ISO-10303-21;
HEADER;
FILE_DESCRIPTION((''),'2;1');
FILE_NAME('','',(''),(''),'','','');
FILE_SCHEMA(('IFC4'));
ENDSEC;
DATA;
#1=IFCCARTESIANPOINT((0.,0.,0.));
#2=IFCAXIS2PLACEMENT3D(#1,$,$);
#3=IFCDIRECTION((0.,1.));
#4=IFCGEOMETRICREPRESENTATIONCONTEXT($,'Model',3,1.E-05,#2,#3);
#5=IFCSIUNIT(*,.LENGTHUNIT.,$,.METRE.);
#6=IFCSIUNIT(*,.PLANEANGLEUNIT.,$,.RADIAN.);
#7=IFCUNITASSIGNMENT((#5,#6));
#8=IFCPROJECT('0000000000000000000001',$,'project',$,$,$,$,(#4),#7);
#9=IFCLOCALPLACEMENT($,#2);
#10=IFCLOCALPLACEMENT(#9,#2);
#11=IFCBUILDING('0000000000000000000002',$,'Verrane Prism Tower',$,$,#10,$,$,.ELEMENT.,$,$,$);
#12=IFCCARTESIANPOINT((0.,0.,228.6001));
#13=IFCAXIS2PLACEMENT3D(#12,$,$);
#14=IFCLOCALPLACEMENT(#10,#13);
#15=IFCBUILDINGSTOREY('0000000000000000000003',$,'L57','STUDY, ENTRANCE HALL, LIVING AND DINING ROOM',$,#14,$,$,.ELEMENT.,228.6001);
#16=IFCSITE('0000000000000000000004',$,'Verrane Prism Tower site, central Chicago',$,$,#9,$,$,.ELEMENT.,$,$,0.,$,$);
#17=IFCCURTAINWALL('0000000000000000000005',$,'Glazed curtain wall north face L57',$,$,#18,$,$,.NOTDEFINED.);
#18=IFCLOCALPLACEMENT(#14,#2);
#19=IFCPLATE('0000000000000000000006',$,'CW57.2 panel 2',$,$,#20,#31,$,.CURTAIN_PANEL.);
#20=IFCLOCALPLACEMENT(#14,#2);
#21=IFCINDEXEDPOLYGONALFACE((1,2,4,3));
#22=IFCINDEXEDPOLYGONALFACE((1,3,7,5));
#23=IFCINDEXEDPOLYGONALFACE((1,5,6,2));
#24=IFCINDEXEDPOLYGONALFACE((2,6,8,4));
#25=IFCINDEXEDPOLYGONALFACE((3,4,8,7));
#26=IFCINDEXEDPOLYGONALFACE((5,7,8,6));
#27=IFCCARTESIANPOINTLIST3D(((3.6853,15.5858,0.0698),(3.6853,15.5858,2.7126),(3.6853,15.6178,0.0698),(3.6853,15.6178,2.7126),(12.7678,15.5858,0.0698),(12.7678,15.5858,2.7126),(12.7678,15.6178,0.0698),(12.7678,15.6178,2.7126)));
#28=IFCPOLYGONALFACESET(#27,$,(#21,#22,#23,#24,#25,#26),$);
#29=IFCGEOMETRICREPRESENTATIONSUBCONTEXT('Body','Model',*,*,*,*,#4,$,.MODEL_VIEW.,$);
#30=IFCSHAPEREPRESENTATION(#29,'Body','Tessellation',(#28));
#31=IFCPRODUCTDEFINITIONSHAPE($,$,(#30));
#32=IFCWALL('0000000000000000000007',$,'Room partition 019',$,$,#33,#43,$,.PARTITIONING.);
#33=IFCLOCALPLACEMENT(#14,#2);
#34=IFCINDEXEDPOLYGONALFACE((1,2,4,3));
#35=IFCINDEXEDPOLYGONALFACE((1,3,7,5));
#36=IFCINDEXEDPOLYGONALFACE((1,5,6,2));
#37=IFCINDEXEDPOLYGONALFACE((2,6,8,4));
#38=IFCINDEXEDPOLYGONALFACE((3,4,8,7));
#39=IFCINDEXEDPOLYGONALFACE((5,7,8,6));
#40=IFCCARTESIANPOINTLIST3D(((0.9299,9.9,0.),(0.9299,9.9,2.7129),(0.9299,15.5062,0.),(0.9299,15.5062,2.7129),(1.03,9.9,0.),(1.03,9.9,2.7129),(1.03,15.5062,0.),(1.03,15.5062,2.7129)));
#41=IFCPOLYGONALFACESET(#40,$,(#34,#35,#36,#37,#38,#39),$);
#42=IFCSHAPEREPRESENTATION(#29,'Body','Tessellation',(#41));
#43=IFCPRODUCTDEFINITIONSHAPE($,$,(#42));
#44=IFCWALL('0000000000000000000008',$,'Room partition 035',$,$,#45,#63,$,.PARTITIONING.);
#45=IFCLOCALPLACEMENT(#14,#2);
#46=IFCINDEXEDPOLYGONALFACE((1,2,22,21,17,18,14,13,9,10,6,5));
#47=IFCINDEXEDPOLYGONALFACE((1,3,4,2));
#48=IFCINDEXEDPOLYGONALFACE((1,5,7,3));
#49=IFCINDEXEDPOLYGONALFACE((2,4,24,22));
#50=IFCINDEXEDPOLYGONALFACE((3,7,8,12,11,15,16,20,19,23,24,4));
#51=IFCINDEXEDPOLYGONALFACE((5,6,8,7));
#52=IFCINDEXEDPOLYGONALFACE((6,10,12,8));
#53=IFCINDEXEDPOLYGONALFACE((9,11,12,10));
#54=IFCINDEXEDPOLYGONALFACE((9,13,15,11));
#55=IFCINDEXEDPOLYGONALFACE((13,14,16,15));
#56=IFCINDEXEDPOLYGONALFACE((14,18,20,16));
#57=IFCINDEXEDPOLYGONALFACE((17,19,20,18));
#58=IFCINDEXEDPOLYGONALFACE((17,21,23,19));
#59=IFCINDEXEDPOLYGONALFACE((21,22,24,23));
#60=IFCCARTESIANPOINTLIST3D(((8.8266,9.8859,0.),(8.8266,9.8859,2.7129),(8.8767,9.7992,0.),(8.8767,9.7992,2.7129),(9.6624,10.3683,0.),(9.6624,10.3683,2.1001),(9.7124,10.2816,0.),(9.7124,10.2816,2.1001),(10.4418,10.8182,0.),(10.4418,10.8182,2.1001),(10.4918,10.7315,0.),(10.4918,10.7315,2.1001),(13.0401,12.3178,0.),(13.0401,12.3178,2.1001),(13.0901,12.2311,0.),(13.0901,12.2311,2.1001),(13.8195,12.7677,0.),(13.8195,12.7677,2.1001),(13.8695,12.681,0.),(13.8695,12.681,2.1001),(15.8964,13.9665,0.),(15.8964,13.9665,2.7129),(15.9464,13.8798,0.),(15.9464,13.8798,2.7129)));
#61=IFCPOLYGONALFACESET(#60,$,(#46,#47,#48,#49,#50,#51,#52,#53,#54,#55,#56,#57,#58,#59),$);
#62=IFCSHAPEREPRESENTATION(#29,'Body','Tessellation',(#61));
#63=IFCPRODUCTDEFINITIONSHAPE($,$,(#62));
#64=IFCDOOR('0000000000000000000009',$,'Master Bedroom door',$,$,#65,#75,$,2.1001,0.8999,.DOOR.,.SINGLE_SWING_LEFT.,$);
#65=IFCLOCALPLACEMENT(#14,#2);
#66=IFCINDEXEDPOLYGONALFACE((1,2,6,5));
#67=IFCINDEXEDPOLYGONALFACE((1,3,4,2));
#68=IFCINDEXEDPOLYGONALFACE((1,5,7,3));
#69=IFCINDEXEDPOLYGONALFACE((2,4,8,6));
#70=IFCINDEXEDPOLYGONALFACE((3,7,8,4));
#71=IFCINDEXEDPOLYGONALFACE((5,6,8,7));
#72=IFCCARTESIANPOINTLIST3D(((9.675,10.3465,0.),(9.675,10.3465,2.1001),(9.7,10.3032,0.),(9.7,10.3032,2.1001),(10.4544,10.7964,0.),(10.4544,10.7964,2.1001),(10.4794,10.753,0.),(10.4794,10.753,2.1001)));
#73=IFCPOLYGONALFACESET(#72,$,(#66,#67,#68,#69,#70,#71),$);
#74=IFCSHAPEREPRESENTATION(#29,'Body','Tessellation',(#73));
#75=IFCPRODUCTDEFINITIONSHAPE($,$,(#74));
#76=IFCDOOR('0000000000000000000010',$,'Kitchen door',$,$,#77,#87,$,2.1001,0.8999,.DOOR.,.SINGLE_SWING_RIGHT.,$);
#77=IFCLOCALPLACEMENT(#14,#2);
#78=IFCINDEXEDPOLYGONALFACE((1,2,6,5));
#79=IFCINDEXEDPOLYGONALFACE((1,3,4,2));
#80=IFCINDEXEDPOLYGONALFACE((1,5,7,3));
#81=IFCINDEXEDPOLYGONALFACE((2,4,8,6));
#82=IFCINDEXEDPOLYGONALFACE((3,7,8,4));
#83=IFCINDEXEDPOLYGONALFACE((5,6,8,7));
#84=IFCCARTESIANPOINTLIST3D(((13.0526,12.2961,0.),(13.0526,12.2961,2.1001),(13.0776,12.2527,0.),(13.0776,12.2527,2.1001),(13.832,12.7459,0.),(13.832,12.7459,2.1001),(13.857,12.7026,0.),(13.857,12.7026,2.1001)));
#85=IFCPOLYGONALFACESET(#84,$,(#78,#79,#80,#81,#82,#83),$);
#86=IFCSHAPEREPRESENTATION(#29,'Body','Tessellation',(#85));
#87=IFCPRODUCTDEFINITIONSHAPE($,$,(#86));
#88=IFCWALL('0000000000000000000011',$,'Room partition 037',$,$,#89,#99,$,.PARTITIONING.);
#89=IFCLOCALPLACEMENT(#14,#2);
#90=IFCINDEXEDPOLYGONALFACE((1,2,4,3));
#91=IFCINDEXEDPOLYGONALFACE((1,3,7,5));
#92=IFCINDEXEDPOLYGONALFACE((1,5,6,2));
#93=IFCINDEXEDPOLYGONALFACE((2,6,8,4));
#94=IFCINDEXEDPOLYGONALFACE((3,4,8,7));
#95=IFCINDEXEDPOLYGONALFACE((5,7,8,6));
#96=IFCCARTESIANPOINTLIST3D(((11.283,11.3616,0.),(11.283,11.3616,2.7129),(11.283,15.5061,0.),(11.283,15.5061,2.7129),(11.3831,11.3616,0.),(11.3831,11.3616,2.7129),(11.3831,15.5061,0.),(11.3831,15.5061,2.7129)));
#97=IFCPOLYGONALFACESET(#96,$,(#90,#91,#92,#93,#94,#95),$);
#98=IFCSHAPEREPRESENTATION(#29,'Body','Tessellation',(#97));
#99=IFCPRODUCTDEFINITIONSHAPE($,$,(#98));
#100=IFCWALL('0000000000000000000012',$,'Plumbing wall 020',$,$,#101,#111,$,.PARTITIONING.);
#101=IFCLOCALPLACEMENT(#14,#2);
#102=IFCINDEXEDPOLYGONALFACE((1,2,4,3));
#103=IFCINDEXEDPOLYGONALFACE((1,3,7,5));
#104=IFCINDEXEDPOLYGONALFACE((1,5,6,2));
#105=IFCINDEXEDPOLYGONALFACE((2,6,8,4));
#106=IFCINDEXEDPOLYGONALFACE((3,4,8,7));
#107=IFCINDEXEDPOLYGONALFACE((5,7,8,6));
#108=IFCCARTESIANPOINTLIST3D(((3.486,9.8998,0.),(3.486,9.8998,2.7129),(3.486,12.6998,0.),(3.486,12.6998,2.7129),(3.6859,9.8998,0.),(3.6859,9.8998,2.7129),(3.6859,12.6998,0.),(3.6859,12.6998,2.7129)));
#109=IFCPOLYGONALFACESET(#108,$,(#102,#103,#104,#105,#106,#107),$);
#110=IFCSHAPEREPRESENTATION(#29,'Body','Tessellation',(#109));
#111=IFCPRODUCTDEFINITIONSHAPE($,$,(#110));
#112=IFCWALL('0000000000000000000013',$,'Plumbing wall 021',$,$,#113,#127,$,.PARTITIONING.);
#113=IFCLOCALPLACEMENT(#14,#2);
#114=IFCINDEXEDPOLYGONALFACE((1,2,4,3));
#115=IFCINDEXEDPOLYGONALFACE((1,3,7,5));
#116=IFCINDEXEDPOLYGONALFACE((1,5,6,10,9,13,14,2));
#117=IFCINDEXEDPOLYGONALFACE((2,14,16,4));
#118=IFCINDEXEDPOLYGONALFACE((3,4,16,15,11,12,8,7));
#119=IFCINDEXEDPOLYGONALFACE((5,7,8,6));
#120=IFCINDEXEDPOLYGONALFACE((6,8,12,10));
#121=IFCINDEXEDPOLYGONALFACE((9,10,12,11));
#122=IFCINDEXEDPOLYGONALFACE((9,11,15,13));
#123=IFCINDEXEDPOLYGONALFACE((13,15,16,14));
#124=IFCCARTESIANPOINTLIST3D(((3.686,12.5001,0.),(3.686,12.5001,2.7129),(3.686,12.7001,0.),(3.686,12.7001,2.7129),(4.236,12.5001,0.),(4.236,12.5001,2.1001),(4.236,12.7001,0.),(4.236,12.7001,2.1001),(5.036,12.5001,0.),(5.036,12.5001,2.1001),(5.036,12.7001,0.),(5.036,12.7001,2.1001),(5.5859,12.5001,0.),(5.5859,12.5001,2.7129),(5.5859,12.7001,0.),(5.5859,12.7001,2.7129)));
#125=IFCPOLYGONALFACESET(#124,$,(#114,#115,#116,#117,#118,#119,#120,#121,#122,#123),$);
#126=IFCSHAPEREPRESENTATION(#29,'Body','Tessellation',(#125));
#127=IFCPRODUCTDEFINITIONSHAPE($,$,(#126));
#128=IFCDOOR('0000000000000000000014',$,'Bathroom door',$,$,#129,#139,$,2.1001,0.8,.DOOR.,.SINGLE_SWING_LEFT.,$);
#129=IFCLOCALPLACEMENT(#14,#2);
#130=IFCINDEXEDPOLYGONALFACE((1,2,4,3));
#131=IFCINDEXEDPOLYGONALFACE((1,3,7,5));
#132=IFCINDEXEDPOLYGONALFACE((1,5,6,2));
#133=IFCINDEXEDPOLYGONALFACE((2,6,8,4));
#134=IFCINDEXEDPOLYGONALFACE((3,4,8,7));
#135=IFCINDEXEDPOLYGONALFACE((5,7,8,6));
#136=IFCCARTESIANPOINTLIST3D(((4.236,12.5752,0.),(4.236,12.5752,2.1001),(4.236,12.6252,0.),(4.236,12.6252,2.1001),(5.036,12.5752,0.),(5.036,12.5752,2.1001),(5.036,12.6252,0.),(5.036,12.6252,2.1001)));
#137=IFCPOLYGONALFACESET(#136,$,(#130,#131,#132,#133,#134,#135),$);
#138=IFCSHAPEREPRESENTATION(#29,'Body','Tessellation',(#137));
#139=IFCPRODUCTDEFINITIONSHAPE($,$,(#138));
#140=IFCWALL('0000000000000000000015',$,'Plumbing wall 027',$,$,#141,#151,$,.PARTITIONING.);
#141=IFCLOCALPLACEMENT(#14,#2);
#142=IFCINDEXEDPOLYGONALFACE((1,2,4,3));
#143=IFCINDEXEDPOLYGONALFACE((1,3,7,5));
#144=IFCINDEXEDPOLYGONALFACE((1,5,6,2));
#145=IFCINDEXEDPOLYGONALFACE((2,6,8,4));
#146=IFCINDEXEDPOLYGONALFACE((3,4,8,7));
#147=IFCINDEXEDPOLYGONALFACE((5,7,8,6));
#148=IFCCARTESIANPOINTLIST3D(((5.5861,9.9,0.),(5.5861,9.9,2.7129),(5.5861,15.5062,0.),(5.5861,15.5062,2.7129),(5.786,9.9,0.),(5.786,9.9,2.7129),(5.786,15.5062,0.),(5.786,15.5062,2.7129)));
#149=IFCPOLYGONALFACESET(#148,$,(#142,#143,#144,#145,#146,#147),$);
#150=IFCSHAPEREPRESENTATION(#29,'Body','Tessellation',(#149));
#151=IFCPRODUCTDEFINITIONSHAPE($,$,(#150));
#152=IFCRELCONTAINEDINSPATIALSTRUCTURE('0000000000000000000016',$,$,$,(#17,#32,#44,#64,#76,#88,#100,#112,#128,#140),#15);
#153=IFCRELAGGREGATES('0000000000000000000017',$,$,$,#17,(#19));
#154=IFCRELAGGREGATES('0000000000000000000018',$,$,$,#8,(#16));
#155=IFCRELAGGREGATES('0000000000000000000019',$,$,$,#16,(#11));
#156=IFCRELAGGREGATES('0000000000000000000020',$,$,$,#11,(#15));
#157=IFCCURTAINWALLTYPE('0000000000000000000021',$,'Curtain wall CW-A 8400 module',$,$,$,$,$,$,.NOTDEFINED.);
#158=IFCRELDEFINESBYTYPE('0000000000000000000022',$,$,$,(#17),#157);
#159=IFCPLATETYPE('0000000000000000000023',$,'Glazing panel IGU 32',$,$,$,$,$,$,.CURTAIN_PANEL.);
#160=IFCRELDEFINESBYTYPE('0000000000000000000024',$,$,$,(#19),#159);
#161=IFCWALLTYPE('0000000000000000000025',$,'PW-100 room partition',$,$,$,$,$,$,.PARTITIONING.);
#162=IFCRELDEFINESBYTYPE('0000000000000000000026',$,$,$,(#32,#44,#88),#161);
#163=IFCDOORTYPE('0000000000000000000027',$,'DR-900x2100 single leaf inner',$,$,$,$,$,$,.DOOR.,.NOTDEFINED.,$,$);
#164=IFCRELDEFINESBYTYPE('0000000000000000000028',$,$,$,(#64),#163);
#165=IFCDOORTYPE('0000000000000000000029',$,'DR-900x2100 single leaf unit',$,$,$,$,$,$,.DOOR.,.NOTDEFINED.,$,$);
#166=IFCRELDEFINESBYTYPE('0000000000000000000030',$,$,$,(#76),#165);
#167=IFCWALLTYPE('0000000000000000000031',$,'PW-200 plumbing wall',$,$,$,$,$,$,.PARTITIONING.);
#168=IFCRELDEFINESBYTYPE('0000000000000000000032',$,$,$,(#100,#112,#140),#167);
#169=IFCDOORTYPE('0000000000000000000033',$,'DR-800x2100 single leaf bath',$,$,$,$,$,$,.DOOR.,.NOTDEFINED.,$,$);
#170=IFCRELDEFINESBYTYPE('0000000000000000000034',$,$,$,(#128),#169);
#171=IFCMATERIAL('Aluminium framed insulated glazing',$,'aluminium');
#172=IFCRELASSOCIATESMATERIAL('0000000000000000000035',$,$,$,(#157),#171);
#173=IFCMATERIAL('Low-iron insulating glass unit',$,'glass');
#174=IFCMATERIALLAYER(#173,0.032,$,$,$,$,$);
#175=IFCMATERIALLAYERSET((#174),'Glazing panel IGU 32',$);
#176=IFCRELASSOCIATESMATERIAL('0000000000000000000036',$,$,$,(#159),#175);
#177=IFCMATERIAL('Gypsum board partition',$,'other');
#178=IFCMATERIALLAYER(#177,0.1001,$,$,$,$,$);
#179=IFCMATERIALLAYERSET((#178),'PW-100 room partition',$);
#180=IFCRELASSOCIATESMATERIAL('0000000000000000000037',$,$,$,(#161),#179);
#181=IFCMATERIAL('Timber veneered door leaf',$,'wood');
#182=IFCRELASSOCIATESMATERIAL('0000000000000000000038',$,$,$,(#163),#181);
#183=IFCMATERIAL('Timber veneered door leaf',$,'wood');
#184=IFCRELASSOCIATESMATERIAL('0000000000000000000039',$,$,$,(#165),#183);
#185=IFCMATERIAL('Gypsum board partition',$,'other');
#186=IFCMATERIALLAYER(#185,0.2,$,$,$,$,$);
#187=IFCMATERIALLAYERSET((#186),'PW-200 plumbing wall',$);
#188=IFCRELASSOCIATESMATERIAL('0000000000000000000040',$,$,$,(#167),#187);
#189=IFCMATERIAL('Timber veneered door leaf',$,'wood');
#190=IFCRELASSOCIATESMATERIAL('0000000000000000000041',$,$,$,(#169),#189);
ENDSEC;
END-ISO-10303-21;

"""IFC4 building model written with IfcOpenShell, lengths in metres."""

from ifc_helpers import new_model, si_unit, direction, frame, frame_2d, origin, origin_2d, place, context, subcontext, project, spatial, rectangle, extrude, material, layer, layer_set, type_object, element, fill, aggregate, save


model = new_model("IFC4")

# Units and contexts
model_context = context("Model", 3, precision=1e-05, world=origin(), true_north=direction((0.0, 1.0)))
body_context = subcontext(model_context, "Body", "Model", "MODEL_VIEW")
ifc_project = project(units=[si_unit("LENGTHUNIT", "METRE"), si_unit("PLANEANGLEUNIT", "RADIAN")], contexts=[model_context])

# Site, building, storey
site_placement = place(None, origin())
site = spatial("IfcSite", under=ifc_project, at=site_placement, Name="Verrane Prism Tower site, central Chicago", CompositionType="ELEMENT", RefElevation=0.0)
building_placement = place(site_placement, origin())
building = spatial("IfcBuilding", under=site, at=building_placement, Name="Verrane Prism Tower", CompositionType="ELEMENT")
storey_placement = place(building_placement, frame((0.0, 0.0, 228.6001)))
storey = spatial("IfcBuildingStorey", under=building, at=storey_placement, Name="L57", Description="STUDY, ENTRANCE HALL, LIVING AND DINING ROOM", CompositionType="ELEMENT", Elevation=228.6001)

# Curtain wall
ifc_material_1 = material(Name="Aluminium framed insulated glazing", Category="aluminium")
curtain_wall_type = type_object("IfcCurtainWallType", Name="Curtain wall CW-A 8400 module", PredefinedType="NOTDEFINED", material=ifc_material_1)
curtain_wall_placement = place(storey_placement, origin())
curtain_wall = element("IfcCurtainWall", 1, at=curtain_wall_placement, inside=storey, type_object=curtain_wall_type, Name="Glazed curtain wall north face L57", PredefinedType="NOTDEFINED")

# Plate
ifc_material_2 = material(Name="Low-iron insulating glass unit", Category="glass")
ifc_layer_1 = layer(ifc_material_2, 0.032)
ifc_layer_set_1 = layer_set([ifc_layer_1], Name="Glazing panel IGU 32")
plate_type = type_object("IfcPlateType", Name="Glazing panel IGU 32", PredefinedType="CURTAIN_PANEL", material=ifc_layer_set_1)
plate_placement = place(storey_placement, frame((8.2266, 15.6018, 0.0698), z_axis=(0.0, 0.0, 1.0), x_axis=(-1.0, 0.0, 0.0)))
plate = element("IfcPlate", 2, at=plate_placement, type_object=plate_type, Name="CW57.2 panel 2", PredefinedType="CURTAIN_PANEL", context=body_context, shape_type="SweptSolid", body=[
    extrude(rectangle(XDim=9.0825, YDim=0.032, at=origin_2d()), origin(), (0.0, 0.0, 1.0), 2.6428),
])
aggregate(curtain_wall, [plate])

# Wall
ifc_material_3 = material(Name="Gypsum board partition", Category="other")
ifc_layer_2 = layer(ifc_material_3, 0.1001)
ifc_layer_set_2 = layer_set([ifc_layer_2], Name="PW-100 room partition")
wall_type_1 = type_object("IfcWallType", Name="PW-100 room partition", PredefinedType="PARTITIONING", material=ifc_layer_set_2)
wall_1_placement = place(storey_placement, frame((0.98, 9.8999, 0.0), z_axis=(0.0, 0.0, 1.0), x_axis=(0.0, 1.0, 0.0)))
element("IfcWall", 3, at=wall_1_placement, inside=storey, type_object=wall_type_1, Name="Room partition 019", PredefinedType="PARTITIONING", context=body_context, shape_type="SweptSolid", body=[
    extrude(rectangle(XDim=5.6062, YDim=0.1001, at=frame_2d((2.8032, 0.0))), origin(), (0.0, 0.0, 1.0), 2.7129),
])

# Wall, openings, doors
wall_2_placement = place(storey_placement, frame((8.8516, 9.8425, 0.0), z_axis=(0.0, 0.0, 1.0), x_axis=(0.866089, 0.49989, 0.0)))
wall_2 = element("IfcWall", 4, at=wall_2_placement, inside=storey, type_object=wall_type_1, Name="Room partition 035", PredefinedType="PARTITIONING", context=body_context, shape_type="SweptSolid", body=[
    extrude(rectangle(XDim=8.1628, YDim=0.1001, at=frame_2d((4.0815, 0.0))), origin(), (0.0, 0.0, 1.0), 2.7129),
])
opening_1_placement = place(wall_2_placement, frame((4.865, 0.0, 0.0)))
opening_1 = element("IfcOpeningElement", 5, at=opening_1_placement, cuts=wall_2, PredefinedType="OPENING", context=body_context, shape_type="SweptSolid", body=[
    extrude(rectangle(XDim=0.8999, YDim=2.1001, at=frame_2d((0.45, 1.05))), frame((0.0, 0.0601, 0.0), z_axis=(0.0, -1.0, 0.0), x_axis=(1.0, 0.0, 0.0)), (0.0, 0.0, 1.0), 0.1201),
])
opening_2_placement = place(wall_2_placement, frame((0.9651, 0.0, 0.0)))
opening_2 = element("IfcOpeningElement", 6, at=opening_2_placement, cuts=wall_2, PredefinedType="OPENING", context=body_context, shape_type="SweptSolid", body=[
    extrude(rectangle(XDim=0.8999, YDim=2.1001, at=frame_2d((0.45, 1.05))), frame((0.0, 0.0601, 0.0), z_axis=(0.0, -1.0, 0.0), x_axis=(1.0, 0.0, 0.0)), (0.0, 0.0, 1.0), 0.1201),
])
ifc_material_4 = material(Name="Timber veneered door leaf", Category="wood")
door_type_1 = type_object("IfcDoorType", Name="DR-900x2100 single leaf inner", OperationType="NOTDEFINED", PredefinedType="DOOR", material=ifc_material_4)
door_1_placement = place(opening_2_placement, origin())
door_1 = element("IfcDoor", 7, at=door_1_placement, inside=storey, type_object=door_type_1, Name="Master Bedroom door", OperationType="SINGLE_SWING_LEFT", OverallHeight=2.1001, OverallWidth=0.8999, PredefinedType="DOOR", context=body_context, shape_type="SweptSolid", body=[
    extrude(rectangle(XDim=0.8999, YDim=2.1001, at=frame_2d((0.45, 1.05))), frame((0.0, 0.0249, 0.0), z_axis=(0.0, -1.0, 0.0), x_axis=(1.0, 0.0, 0.0)), (0.0, 0.0, 1.0), 0.05),
])
fill(opening_2, door_1)
ifc_material_5 = material(Name="Timber veneered door leaf", Category="wood")
door_type_2 = type_object("IfcDoorType", Name="DR-900x2100 single leaf unit", OperationType="NOTDEFINED", PredefinedType="DOOR", material=ifc_material_5)
door_2_placement = place(opening_1_placement, origin())
door_2 = element("IfcDoor", 8, at=door_2_placement, inside=storey, type_object=door_type_2, Name="Kitchen door", OperationType="SINGLE_SWING_RIGHT", OverallHeight=2.1001, OverallWidth=0.8999, PredefinedType="DOOR", context=body_context, shape_type="SweptSolid", body=[
    extrude(rectangle(XDim=0.8999, YDim=2.1001, at=frame_2d((0.45, 1.05))), frame((0.0, 0.0249, 0.0), z_axis=(0.0, -1.0, 0.0), x_axis=(1.0, 0.0, 0.0)), (0.0, 0.0, 1.0), 0.05),
])
fill(opening_1, door_2)

# Walls
wall_3_placement = place(storey_placement, frame((11.333, 11.3616, 0.0), z_axis=(0.0, 0.0, 1.0), x_axis=(0.0, 1.0, 0.0)))
element("IfcWall", 9, at=wall_3_placement, inside=storey, type_object=wall_type_1, Name="Room partition 037", PredefinedType="PARTITIONING", context=body_context, shape_type="SweptSolid", body=[
    extrude(rectangle(XDim=4.1445, YDim=0.1001, at=frame_2d((2.0723, 0.0))), origin(), (0.0, 0.0, 1.0), 2.7129),
])
ifc_material_6 = material(Name="Gypsum board partition", Category="other")
ifc_layer_3 = layer(ifc_material_6, 0.2)
ifc_layer_set_3 = layer_set([ifc_layer_3], Name="PW-200 plumbing wall")
wall_type_2 = type_object("IfcWallType", Name="PW-200 plumbing wall", PredefinedType="PARTITIONING", material=ifc_layer_set_3)
wall_4_placement = place(storey_placement, frame((3.5859, 9.8999, 0.0), z_axis=(0.0, 0.0, 1.0), x_axis=(0.0, 1.0, 0.0)))
element("IfcWall", 10, at=wall_4_placement, inside=storey, type_object=wall_type_2, Name="Plumbing wall 020", PredefinedType="PARTITIONING", context=body_context, shape_type="SweptSolid", body=[
    extrude(rectangle(XDim=2.8, YDim=0.2, at=frame_2d((1.3999, 0.0))), origin(), (0.0, 0.0, 1.0), 2.7129),
])

# Wall, opening, door
wall_5_placement = place(storey_placement, frame((5.5859, 12.6001, 0.0), z_axis=(0.0, 0.0, 1.0), x_axis=(-1.0, 0.0, 0.0)))
wall_5 = element("IfcWall", 11, at=wall_5_placement, inside=storey, type_object=wall_type_2, Name="Plumbing wall 021", PredefinedType="PARTITIONING", context=body_context, shape_type="SweptSolid", body=[
    extrude(rectangle(XDim=1.8999, YDim=0.2, at=frame_2d((0.95, 0.0))), origin(), (0.0, 0.0, 1.0), 2.7129),
])
opening_3_placement = place(wall_5_placement, frame((0.55, 0.0, 0.0)))
opening_3 = element("IfcOpeningElement", 12, at=opening_3_placement, cuts=wall_5, PredefinedType="OPENING", context=body_context, shape_type="SweptSolid", body=[
    extrude(rectangle(XDim=0.8, YDim=2.1001, at=frame_2d((0.3999, 1.05))), frame((0.0, 0.1099, 0.0), z_axis=(0.0, -1.0, 0.0), x_axis=(1.0, 0.0, 0.0)), (0.0, 0.0, 1.0), 0.22),
])
ifc_material_7 = material(Name="Timber veneered door leaf", Category="wood")
door_type_3 = type_object("IfcDoorType", Name="DR-800x2100 single leaf bath", OperationType="NOTDEFINED", PredefinedType="DOOR", material=ifc_material_7)
door_3_placement = place(opening_3_placement, origin())
door_3 = element("IfcDoor", 13, at=door_3_placement, inside=storey, type_object=door_type_3, Name="Bathroom door", OperationType="SINGLE_SWING_LEFT", OverallHeight=2.1001, OverallWidth=0.8, PredefinedType="DOOR", context=body_context, shape_type="SweptSolid", body=[
    extrude(rectangle(XDim=0.8, YDim=2.1001, at=frame_2d((0.3999, 1.05))), frame((0.0, 0.0249, 0.0), z_axis=(0.0, -1.0, 0.0), x_axis=(1.0, 0.0, 0.0)), (0.0, 0.0, 1.0), 0.05),
])
fill(opening_3, door_3)

# Wall
wall_6_placement = place(storey_placement, frame((5.686, 9.8999, 0.0), z_axis=(0.0, 0.0, 1.0), x_axis=(0.0, 1.0, 0.0)))
element("IfcWall", 14, at=wall_6_placement, inside=storey, type_object=wall_type_2, Name="Plumbing wall 027", PredefinedType="PARTITIONING", context=body_context, shape_type="SweptSolid", body=[
    extrude(rectangle(XDim=5.6062, YDim=0.2, at=frame_2d((2.8032, 0.0))), origin(), (0.0, 0.0, 1.0), 2.7129),
])

save(model, "model.ifc")
